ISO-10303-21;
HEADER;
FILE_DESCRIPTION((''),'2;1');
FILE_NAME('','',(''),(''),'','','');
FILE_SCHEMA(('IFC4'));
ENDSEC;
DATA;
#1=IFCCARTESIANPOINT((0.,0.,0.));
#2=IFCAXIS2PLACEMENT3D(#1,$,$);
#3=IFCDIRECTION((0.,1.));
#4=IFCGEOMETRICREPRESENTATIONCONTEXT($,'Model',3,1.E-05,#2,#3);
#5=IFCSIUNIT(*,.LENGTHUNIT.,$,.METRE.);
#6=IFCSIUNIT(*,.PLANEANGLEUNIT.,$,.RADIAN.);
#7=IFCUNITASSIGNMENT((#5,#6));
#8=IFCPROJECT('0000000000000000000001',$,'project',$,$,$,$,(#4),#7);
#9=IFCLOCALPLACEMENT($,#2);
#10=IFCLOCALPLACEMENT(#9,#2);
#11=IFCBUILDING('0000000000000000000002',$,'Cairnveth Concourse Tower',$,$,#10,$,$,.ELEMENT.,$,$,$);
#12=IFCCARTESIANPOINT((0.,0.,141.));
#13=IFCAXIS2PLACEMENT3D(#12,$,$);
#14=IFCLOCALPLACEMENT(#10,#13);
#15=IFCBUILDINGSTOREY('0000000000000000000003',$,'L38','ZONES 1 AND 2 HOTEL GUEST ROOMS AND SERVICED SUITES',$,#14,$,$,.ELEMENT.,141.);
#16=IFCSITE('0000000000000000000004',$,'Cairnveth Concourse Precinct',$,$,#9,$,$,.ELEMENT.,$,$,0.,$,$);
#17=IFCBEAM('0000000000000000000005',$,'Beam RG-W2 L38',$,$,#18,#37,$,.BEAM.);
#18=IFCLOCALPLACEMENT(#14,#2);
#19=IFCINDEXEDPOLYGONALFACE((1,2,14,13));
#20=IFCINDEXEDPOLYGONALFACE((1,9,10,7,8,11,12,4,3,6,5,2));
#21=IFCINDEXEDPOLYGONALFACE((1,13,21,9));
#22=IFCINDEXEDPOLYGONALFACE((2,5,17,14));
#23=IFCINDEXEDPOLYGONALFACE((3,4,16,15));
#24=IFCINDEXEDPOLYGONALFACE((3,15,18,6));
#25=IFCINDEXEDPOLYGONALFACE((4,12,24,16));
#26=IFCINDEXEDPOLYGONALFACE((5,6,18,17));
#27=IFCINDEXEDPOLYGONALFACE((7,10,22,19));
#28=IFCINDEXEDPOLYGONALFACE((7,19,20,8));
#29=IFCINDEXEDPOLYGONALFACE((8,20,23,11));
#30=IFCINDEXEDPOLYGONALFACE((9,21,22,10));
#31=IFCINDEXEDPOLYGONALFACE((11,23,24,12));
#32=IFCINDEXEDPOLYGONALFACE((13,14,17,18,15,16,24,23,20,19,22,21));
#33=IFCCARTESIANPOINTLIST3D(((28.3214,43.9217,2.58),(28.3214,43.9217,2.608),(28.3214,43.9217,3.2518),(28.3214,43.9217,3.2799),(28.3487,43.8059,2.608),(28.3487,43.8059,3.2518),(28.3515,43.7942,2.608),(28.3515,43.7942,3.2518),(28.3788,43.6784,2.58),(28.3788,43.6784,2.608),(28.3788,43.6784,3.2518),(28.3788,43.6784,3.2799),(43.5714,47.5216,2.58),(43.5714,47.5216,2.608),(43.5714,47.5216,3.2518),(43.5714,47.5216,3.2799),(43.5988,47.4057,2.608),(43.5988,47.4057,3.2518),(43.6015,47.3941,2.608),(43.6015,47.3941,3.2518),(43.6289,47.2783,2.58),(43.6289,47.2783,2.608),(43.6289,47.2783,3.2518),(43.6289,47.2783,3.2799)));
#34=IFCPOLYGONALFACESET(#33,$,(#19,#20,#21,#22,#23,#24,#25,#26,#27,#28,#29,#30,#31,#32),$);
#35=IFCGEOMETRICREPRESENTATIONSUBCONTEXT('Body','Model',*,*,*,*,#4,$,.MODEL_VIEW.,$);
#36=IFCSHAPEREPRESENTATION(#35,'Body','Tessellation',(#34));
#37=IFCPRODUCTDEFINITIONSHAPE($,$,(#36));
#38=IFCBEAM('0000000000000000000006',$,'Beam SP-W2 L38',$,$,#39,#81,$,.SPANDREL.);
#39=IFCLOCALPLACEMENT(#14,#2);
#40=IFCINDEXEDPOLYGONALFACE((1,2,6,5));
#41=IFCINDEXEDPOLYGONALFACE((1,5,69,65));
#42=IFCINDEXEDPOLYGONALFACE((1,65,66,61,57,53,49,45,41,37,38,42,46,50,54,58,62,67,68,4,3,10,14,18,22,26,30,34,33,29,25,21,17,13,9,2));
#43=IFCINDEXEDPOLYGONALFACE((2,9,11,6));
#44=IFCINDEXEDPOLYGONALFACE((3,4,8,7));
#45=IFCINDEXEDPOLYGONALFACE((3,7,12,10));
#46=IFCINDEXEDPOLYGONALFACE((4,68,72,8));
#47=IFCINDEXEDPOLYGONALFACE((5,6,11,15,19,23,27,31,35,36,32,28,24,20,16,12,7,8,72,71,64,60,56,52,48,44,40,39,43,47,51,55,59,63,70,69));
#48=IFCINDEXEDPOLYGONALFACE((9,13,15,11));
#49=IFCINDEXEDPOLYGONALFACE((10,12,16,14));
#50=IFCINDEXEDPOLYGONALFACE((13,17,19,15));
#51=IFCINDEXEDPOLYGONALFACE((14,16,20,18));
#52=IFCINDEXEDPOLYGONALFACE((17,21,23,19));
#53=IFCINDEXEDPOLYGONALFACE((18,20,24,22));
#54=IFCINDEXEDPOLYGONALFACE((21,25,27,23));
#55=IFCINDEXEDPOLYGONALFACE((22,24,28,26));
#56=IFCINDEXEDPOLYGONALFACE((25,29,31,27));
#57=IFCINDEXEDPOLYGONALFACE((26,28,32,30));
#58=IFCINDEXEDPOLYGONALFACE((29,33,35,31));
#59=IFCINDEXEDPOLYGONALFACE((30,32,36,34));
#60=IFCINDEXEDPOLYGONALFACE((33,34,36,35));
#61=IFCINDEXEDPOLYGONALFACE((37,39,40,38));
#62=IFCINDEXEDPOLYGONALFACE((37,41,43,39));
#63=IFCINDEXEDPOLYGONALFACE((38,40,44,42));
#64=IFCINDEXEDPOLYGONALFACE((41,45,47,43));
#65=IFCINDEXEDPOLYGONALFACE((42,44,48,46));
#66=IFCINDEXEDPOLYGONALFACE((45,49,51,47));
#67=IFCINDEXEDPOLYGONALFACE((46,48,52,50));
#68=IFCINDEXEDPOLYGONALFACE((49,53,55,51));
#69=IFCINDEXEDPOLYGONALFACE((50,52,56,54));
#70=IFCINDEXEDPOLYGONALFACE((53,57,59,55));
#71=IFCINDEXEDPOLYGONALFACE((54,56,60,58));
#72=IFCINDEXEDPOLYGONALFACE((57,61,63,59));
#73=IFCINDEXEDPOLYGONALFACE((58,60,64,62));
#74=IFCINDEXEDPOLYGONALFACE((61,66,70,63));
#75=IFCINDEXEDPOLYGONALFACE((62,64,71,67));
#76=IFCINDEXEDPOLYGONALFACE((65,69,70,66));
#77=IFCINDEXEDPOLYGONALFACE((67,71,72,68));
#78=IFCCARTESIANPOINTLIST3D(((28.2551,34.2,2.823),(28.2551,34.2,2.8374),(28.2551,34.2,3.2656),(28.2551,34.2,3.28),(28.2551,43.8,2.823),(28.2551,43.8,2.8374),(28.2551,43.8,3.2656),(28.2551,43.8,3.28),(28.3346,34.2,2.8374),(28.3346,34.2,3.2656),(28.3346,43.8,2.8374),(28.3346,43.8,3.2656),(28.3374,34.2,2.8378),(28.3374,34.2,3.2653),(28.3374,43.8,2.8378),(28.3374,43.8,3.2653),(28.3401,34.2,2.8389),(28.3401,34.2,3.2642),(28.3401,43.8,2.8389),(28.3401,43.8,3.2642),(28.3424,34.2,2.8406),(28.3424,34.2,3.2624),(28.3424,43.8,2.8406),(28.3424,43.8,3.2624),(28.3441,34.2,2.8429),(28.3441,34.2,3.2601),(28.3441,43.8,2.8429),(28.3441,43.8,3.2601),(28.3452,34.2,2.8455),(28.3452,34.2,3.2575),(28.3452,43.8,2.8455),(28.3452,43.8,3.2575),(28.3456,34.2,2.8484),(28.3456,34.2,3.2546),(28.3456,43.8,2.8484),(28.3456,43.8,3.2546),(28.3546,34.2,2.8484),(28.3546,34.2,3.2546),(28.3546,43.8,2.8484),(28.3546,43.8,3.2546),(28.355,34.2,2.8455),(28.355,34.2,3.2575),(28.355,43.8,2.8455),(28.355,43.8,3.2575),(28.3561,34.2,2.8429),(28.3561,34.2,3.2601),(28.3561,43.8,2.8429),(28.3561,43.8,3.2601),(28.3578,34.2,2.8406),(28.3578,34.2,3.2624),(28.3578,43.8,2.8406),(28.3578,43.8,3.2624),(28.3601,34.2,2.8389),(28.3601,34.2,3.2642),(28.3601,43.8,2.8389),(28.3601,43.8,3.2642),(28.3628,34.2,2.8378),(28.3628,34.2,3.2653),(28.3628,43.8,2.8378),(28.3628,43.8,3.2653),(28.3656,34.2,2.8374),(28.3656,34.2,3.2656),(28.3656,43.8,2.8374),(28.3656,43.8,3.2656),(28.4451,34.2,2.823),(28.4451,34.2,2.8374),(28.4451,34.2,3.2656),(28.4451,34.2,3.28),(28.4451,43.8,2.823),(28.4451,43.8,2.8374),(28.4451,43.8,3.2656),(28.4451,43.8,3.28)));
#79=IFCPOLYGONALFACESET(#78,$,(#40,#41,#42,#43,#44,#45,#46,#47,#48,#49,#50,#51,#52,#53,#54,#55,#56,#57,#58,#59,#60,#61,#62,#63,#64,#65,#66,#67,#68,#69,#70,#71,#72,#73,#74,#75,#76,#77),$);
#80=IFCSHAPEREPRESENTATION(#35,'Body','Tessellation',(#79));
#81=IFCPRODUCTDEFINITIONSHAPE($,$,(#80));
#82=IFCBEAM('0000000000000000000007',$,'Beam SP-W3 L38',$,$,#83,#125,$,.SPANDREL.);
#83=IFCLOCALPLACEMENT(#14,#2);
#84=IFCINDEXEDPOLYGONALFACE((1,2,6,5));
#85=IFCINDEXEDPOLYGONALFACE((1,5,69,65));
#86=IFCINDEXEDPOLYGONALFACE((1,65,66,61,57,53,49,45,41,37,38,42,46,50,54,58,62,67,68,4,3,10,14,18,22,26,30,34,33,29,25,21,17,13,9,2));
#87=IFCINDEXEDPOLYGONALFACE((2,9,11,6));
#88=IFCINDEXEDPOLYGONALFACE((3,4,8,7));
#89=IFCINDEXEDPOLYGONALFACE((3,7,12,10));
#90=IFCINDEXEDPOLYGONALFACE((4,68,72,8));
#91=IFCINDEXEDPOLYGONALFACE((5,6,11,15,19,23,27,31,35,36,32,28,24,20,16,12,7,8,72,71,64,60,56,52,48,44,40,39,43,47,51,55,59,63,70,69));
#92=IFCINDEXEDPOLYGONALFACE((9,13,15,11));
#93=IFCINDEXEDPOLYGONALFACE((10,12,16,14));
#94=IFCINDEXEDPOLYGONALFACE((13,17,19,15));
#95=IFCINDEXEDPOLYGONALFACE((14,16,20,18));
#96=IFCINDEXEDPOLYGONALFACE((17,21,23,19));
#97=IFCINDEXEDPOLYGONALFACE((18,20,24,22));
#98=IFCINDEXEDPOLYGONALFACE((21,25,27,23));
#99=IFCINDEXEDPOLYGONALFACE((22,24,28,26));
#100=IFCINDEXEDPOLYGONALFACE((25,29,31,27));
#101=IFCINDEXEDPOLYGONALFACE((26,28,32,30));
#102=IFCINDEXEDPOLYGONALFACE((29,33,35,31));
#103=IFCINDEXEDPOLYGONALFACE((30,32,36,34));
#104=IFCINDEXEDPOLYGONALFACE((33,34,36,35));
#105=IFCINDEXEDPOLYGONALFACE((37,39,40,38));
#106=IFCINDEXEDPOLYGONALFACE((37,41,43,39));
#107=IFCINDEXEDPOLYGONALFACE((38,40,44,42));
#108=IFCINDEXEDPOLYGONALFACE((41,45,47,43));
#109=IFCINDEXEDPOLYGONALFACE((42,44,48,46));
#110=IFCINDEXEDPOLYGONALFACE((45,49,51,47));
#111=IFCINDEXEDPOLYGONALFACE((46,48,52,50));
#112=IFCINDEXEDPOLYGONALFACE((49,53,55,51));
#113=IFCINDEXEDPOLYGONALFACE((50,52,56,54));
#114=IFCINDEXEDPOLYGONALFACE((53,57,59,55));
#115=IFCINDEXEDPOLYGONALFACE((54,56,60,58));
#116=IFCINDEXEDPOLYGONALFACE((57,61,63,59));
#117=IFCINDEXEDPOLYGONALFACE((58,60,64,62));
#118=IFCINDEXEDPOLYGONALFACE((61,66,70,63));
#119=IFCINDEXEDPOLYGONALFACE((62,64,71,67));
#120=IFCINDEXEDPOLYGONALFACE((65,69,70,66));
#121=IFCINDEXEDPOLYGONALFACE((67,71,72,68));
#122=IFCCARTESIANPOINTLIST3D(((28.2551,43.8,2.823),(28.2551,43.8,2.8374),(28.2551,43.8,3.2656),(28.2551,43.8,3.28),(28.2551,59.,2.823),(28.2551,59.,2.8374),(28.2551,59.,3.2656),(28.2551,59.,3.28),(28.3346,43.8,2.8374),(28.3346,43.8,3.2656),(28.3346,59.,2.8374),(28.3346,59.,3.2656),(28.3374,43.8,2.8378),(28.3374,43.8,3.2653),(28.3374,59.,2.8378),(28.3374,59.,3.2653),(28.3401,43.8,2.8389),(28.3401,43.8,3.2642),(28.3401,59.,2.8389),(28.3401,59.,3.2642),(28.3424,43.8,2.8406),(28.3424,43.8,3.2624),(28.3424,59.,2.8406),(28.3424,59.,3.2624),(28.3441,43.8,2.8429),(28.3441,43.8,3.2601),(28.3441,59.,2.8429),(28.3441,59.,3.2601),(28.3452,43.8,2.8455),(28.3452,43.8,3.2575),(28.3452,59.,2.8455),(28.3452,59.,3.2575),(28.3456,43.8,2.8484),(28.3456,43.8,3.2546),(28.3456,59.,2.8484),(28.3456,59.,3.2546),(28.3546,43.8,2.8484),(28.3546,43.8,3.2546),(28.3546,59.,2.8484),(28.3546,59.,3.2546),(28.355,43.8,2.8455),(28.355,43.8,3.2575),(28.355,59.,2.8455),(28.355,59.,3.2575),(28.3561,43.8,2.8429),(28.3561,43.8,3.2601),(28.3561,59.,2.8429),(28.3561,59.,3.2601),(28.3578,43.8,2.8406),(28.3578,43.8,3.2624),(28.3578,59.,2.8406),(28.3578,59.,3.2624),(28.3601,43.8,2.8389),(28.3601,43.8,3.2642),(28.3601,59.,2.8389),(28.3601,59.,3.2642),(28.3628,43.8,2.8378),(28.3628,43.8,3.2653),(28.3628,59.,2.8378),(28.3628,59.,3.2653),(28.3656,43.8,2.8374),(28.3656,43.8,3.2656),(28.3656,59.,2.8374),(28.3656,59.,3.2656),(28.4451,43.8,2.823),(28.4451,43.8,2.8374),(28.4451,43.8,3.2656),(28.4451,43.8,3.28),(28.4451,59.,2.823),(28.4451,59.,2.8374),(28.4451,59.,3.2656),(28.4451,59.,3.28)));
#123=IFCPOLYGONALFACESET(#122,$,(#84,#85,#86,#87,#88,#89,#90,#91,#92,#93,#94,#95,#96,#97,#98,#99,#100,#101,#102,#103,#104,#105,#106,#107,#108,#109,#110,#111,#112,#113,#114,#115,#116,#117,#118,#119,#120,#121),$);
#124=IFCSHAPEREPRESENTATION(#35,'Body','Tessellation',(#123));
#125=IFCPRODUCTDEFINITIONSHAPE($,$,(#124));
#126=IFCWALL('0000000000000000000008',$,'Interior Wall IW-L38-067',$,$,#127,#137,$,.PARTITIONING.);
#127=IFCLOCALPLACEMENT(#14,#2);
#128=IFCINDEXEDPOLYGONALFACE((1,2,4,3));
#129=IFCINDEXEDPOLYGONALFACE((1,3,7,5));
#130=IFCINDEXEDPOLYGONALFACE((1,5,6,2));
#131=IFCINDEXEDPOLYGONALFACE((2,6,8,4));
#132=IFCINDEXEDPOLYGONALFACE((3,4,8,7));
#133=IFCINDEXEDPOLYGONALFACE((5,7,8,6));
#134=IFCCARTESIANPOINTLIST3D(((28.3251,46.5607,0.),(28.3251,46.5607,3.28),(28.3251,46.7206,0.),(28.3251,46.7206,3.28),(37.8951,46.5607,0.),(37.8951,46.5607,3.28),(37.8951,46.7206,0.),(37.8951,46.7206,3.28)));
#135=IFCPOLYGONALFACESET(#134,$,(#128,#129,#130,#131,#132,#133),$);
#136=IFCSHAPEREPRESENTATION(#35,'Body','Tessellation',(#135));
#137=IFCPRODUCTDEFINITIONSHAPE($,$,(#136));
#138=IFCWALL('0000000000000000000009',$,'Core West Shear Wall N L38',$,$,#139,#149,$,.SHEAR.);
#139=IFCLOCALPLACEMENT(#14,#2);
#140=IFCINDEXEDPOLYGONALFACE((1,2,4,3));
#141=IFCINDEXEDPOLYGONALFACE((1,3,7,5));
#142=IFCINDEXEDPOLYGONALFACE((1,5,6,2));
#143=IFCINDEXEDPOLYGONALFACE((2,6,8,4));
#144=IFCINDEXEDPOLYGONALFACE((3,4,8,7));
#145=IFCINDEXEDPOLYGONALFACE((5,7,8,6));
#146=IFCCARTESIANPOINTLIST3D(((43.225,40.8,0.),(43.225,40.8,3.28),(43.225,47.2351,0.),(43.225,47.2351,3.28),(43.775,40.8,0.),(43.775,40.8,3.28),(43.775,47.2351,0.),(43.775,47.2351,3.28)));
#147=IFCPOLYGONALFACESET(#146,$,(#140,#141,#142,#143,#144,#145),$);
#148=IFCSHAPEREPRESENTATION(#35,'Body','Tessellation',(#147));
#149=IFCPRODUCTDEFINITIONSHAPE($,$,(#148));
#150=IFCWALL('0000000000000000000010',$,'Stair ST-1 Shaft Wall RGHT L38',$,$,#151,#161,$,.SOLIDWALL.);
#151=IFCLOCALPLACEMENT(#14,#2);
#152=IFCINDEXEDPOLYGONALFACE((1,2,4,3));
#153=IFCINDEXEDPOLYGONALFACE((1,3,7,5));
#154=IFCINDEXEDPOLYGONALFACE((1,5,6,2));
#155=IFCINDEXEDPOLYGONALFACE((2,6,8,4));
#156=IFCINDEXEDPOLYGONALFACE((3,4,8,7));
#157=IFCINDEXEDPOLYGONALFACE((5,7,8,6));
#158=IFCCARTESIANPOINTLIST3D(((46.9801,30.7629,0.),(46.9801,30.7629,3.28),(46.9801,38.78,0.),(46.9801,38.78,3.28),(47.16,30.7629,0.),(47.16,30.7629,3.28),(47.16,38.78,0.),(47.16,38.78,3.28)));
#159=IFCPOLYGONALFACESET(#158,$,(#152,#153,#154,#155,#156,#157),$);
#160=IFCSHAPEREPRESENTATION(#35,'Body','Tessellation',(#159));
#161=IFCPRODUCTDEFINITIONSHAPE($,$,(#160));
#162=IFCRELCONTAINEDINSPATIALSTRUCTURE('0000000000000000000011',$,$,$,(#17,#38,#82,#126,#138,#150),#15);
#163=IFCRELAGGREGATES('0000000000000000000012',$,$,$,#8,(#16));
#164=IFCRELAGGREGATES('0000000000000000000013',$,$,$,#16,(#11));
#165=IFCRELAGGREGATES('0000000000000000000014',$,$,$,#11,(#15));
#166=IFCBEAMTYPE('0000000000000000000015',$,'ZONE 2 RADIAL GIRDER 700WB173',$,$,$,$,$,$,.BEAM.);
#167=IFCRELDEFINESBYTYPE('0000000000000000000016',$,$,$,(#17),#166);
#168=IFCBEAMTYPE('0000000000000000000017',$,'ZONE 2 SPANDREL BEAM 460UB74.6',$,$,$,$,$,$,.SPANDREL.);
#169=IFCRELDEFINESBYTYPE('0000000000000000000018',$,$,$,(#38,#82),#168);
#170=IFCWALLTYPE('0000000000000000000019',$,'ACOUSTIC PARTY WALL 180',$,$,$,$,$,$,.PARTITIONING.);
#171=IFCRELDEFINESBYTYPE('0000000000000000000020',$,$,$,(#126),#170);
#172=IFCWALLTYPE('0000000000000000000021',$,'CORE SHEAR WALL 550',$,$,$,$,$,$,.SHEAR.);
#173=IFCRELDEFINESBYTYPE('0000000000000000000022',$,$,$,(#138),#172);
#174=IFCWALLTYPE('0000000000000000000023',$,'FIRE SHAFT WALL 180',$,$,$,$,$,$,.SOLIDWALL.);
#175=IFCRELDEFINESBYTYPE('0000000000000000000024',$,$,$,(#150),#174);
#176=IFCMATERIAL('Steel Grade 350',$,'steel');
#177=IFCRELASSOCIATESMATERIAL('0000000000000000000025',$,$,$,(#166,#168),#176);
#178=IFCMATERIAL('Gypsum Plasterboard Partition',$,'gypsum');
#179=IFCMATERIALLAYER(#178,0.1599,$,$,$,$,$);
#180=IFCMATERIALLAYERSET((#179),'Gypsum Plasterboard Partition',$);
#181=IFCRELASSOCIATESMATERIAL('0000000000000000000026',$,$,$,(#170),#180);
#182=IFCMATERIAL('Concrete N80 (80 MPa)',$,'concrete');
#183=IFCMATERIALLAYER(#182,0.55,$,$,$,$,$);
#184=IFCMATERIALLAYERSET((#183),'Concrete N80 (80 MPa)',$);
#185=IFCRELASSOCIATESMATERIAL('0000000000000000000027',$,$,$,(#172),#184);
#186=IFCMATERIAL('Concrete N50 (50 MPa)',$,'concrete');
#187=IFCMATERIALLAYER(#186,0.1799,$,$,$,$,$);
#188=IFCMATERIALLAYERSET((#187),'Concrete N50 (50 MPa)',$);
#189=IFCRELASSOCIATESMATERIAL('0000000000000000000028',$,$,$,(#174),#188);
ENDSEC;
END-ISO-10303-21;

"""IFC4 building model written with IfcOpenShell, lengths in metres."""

from ifc_helpers import new_model, si_unit, direction, frame, frame_2d, origin, origin_2d, place, context, subcontext, project, spatial, rectangle, i_section, extrude, material, layer, layer_set, material_profile, profile_set, type_object, element, save


model = new_model("IFC4")

# Units and contexts
model_context = context("Model", 3, precision=1e-05, world=origin(), true_north=direction((0.0, 1.0)))
body_context = subcontext(model_context, "Body", "Model", "MODEL_VIEW")
ifc_project = project(units=[si_unit("LENGTHUNIT", "METRE"), si_unit("PLANEANGLEUNIT", "RADIAN")], contexts=[model_context])

# Site, building, storey
site_placement = place(None, origin())
site = spatial("IfcSite", under=ifc_project, at=site_placement, Name="Cairnveth Concourse Precinct", CompositionType="ELEMENT", RefElevation=0.0)
building_placement = place(site_placement, origin())
building = spatial("IfcBuilding", under=site, at=building_placement, Name="Cairnveth Concourse Tower", CompositionType="ELEMENT")
storey_placement = place(building_placement, frame((0.0, 0.0, 141.0)))
storey = spatial("IfcBuildingStorey", under=building, at=storey_placement, Name="L38", Description="ZONES 1 AND 2 HOTEL GUEST ROOMS AND SERVICED SUITES", CompositionType="ELEMENT", Elevation=141.0)

# Beams
ifc_material_1 = material(Name="Steel Grade 350", Category="steel")
ifc_material_profile_1 = material_profile(ifc_material_1, i_section(OverallWidth=0.25, OverallDepth=0.7, WebThickness=0.012, FlangeThickness=0.0281, at=origin_2d()), Name="700WB173")
ifc_profile_set_1 = profile_set([ifc_material_profile_1], Name="Steel Grade 350")
beam_type_1 = type_object("IfcBeamType", Name="ZONE 2 RADIAL GIRDER 700WB173", PredefinedType="BEAM", material=ifc_profile_set_1)
for number, where, z_axis, x_axis, name in (
    (1, (28.3501, 43.8, 2.9299), (0.973252, 0.229742, 0.0), (-0.229742, 0.973252, 0.0), "Beam RG-W2 L38"),
):
    element("IfcBeam", number, at=place(storey_placement, frame(where, z_axis=z_axis, x_axis=x_axis)), inside=storey, type_object=beam_type_1, Name=name, PredefinedType="BEAM", context=body_context, shape_type="SweptSolid", body=[
        extrude(i_section(OverallWidth=0.25, OverallDepth=0.7, WebThickness=0.012, FlangeThickness=0.0281, at=origin_2d()), origin(), (0.0, 0.0, 1.0), 15.6692),
    ])
ifc_material_profile_2 = material_profile(ifc_material_1, i_section(OverallWidth=0.1899, OverallDepth=0.457, WebThickness=0.009, FlangeThickness=0.0144, FilletRadius=0.011, at=origin_2d()), Name="460UB74.6")
ifc_profile_set_2 = profile_set([ifc_material_profile_2], Name="Steel Grade 350")
beam_type_2 = type_object("IfcBeamType", Name="ZONE 2 SPANDREL BEAM 460UB74.6", PredefinedType="SPANDREL", material=ifc_profile_set_2)
beam_1_placement = place(storey_placement, frame((28.3501, 34.2, 3.0515), z_axis=(0.0, 1.0, 0.0), x_axis=(-1.0, 0.0, 0.0)))
element("IfcBeam", 2, at=beam_1_placement, inside=storey, type_object=beam_type_2, Name="Beam SP-W2 L38", PredefinedType="SPANDREL", context=body_context, shape_type="SweptSolid", body=[
    extrude(i_section(OverallWidth=0.1899, OverallDepth=0.457, WebThickness=0.009, FlangeThickness=0.0144, FilletRadius=0.011, at=origin_2d()), origin(), (0.0, 0.0, 1.0), 9.6001),
])
beam_2_placement = place(storey_placement, frame((28.3501, 43.8, 3.0515), z_axis=(0.0, 1.0, 0.0), x_axis=(-1.0, 0.0, 0.0)))
element("IfcBeam", 3, at=beam_2_placement, inside=storey, type_object=beam_type_2, Name="Beam SP-W3 L38", PredefinedType="SPANDREL", context=body_context, shape_type="SweptSolid", body=[
    extrude(i_section(OverallWidth=0.1899, OverallDepth=0.457, WebThickness=0.009, FlangeThickness=0.0144, FilletRadius=0.011, at=origin_2d()), origin(), (0.0, 0.0, 1.0), 15.2),
])

# Walls
ifc_material_2 = material(Name="Gypsum Plasterboard Partition", Category="gypsum")
ifc_layer_1 = layer(ifc_material_2, 0.1599)
ifc_layer_set_1 = layer_set([ifc_layer_1], Name="Gypsum Plasterboard Partition")
wall_type_1 = type_object("IfcWallType", Name="ACOUSTIC PARTY WALL 180", PredefinedType="PARTITIONING", material=ifc_layer_set_1)
wall_1_placement = place(storey_placement, frame((28.325, 46.6406, 0.0), z_axis=(0.0, 0.0, 1.0), x_axis=(1.0, 0.0, 0.0)))
element("IfcWall", 4, at=wall_1_placement, inside=storey, type_object=wall_type_1, Name="Interior Wall IW-L38-067", PredefinedType="PARTITIONING", context=body_context, shape_type="SweptSolid", body=[
    extrude(rectangle(XDim=9.5701, YDim=0.1599, at=frame_2d((4.7852, 0.0))), origin(), (0.0, 0.0, 1.0), 3.28),
])
ifc_material_3 = material(Name="Concrete N80 (80 MPa)", Category="concrete")
ifc_layer_2 = layer(ifc_material_3, 0.55)
ifc_layer_set_2 = layer_set([ifc_layer_2], Name="Concrete N80 (80 MPa)")
wall_type_2 = type_object("IfcWallType", Name="CORE SHEAR WALL 550", PredefinedType="SHEAR", material=ifc_layer_set_2)
wall_2_placement = place(storey_placement, frame((43.5, 40.8, 0.0), z_axis=(0.0, 0.0, 1.0), x_axis=(0.0, 1.0, 0.0)))
element("IfcWall", 5, at=wall_2_placement, inside=storey, type_object=wall_type_2, Name="Core West Shear Wall N L38", PredefinedType="SHEAR", context=body_context, shape_type="SweptSolid", body=[
    extrude(rectangle(XDim=6.4351, YDim=0.55, at=frame_2d((3.2175, 0.0))), origin(), (0.0, 0.0, 1.0), 3.28),
])

# Shared definitions
ifc_material_4 = material(Name="Concrete N50 (50 MPa)", Category="concrete")
ifc_layer_3 = layer(ifc_material_4, 0.1799)
ifc_layer_set_3 = layer_set([ifc_layer_3], Name="Concrete N50 (50 MPa)")
wall_type_3 = type_object("IfcWallType", Name="FIRE SHAFT WALL 180", PredefinedType="SOLIDWALL", material=ifc_layer_set_3)

# Wall
wall_3_placement = place(storey_placement, frame((47.0701, 38.78, 0.0), z_axis=(0.0, 0.0, 1.0), x_axis=(0.0, -1.0, 0.0)))
element("IfcWall", 6, at=wall_3_placement, inside=storey, type_object=wall_type_3, Name="Stair ST-1 Shaft Wall RGHT L38", PredefinedType="SOLIDWALL", context=body_context, shape_type="SweptSolid", body=[
    extrude(rectangle(XDim=8.0171, YDim=0.1799, at=frame_2d((4.0085, 0.0))), origin(), (0.0, 0.0, 1.0), 3.28),
])

save(model, "model.ifc")
